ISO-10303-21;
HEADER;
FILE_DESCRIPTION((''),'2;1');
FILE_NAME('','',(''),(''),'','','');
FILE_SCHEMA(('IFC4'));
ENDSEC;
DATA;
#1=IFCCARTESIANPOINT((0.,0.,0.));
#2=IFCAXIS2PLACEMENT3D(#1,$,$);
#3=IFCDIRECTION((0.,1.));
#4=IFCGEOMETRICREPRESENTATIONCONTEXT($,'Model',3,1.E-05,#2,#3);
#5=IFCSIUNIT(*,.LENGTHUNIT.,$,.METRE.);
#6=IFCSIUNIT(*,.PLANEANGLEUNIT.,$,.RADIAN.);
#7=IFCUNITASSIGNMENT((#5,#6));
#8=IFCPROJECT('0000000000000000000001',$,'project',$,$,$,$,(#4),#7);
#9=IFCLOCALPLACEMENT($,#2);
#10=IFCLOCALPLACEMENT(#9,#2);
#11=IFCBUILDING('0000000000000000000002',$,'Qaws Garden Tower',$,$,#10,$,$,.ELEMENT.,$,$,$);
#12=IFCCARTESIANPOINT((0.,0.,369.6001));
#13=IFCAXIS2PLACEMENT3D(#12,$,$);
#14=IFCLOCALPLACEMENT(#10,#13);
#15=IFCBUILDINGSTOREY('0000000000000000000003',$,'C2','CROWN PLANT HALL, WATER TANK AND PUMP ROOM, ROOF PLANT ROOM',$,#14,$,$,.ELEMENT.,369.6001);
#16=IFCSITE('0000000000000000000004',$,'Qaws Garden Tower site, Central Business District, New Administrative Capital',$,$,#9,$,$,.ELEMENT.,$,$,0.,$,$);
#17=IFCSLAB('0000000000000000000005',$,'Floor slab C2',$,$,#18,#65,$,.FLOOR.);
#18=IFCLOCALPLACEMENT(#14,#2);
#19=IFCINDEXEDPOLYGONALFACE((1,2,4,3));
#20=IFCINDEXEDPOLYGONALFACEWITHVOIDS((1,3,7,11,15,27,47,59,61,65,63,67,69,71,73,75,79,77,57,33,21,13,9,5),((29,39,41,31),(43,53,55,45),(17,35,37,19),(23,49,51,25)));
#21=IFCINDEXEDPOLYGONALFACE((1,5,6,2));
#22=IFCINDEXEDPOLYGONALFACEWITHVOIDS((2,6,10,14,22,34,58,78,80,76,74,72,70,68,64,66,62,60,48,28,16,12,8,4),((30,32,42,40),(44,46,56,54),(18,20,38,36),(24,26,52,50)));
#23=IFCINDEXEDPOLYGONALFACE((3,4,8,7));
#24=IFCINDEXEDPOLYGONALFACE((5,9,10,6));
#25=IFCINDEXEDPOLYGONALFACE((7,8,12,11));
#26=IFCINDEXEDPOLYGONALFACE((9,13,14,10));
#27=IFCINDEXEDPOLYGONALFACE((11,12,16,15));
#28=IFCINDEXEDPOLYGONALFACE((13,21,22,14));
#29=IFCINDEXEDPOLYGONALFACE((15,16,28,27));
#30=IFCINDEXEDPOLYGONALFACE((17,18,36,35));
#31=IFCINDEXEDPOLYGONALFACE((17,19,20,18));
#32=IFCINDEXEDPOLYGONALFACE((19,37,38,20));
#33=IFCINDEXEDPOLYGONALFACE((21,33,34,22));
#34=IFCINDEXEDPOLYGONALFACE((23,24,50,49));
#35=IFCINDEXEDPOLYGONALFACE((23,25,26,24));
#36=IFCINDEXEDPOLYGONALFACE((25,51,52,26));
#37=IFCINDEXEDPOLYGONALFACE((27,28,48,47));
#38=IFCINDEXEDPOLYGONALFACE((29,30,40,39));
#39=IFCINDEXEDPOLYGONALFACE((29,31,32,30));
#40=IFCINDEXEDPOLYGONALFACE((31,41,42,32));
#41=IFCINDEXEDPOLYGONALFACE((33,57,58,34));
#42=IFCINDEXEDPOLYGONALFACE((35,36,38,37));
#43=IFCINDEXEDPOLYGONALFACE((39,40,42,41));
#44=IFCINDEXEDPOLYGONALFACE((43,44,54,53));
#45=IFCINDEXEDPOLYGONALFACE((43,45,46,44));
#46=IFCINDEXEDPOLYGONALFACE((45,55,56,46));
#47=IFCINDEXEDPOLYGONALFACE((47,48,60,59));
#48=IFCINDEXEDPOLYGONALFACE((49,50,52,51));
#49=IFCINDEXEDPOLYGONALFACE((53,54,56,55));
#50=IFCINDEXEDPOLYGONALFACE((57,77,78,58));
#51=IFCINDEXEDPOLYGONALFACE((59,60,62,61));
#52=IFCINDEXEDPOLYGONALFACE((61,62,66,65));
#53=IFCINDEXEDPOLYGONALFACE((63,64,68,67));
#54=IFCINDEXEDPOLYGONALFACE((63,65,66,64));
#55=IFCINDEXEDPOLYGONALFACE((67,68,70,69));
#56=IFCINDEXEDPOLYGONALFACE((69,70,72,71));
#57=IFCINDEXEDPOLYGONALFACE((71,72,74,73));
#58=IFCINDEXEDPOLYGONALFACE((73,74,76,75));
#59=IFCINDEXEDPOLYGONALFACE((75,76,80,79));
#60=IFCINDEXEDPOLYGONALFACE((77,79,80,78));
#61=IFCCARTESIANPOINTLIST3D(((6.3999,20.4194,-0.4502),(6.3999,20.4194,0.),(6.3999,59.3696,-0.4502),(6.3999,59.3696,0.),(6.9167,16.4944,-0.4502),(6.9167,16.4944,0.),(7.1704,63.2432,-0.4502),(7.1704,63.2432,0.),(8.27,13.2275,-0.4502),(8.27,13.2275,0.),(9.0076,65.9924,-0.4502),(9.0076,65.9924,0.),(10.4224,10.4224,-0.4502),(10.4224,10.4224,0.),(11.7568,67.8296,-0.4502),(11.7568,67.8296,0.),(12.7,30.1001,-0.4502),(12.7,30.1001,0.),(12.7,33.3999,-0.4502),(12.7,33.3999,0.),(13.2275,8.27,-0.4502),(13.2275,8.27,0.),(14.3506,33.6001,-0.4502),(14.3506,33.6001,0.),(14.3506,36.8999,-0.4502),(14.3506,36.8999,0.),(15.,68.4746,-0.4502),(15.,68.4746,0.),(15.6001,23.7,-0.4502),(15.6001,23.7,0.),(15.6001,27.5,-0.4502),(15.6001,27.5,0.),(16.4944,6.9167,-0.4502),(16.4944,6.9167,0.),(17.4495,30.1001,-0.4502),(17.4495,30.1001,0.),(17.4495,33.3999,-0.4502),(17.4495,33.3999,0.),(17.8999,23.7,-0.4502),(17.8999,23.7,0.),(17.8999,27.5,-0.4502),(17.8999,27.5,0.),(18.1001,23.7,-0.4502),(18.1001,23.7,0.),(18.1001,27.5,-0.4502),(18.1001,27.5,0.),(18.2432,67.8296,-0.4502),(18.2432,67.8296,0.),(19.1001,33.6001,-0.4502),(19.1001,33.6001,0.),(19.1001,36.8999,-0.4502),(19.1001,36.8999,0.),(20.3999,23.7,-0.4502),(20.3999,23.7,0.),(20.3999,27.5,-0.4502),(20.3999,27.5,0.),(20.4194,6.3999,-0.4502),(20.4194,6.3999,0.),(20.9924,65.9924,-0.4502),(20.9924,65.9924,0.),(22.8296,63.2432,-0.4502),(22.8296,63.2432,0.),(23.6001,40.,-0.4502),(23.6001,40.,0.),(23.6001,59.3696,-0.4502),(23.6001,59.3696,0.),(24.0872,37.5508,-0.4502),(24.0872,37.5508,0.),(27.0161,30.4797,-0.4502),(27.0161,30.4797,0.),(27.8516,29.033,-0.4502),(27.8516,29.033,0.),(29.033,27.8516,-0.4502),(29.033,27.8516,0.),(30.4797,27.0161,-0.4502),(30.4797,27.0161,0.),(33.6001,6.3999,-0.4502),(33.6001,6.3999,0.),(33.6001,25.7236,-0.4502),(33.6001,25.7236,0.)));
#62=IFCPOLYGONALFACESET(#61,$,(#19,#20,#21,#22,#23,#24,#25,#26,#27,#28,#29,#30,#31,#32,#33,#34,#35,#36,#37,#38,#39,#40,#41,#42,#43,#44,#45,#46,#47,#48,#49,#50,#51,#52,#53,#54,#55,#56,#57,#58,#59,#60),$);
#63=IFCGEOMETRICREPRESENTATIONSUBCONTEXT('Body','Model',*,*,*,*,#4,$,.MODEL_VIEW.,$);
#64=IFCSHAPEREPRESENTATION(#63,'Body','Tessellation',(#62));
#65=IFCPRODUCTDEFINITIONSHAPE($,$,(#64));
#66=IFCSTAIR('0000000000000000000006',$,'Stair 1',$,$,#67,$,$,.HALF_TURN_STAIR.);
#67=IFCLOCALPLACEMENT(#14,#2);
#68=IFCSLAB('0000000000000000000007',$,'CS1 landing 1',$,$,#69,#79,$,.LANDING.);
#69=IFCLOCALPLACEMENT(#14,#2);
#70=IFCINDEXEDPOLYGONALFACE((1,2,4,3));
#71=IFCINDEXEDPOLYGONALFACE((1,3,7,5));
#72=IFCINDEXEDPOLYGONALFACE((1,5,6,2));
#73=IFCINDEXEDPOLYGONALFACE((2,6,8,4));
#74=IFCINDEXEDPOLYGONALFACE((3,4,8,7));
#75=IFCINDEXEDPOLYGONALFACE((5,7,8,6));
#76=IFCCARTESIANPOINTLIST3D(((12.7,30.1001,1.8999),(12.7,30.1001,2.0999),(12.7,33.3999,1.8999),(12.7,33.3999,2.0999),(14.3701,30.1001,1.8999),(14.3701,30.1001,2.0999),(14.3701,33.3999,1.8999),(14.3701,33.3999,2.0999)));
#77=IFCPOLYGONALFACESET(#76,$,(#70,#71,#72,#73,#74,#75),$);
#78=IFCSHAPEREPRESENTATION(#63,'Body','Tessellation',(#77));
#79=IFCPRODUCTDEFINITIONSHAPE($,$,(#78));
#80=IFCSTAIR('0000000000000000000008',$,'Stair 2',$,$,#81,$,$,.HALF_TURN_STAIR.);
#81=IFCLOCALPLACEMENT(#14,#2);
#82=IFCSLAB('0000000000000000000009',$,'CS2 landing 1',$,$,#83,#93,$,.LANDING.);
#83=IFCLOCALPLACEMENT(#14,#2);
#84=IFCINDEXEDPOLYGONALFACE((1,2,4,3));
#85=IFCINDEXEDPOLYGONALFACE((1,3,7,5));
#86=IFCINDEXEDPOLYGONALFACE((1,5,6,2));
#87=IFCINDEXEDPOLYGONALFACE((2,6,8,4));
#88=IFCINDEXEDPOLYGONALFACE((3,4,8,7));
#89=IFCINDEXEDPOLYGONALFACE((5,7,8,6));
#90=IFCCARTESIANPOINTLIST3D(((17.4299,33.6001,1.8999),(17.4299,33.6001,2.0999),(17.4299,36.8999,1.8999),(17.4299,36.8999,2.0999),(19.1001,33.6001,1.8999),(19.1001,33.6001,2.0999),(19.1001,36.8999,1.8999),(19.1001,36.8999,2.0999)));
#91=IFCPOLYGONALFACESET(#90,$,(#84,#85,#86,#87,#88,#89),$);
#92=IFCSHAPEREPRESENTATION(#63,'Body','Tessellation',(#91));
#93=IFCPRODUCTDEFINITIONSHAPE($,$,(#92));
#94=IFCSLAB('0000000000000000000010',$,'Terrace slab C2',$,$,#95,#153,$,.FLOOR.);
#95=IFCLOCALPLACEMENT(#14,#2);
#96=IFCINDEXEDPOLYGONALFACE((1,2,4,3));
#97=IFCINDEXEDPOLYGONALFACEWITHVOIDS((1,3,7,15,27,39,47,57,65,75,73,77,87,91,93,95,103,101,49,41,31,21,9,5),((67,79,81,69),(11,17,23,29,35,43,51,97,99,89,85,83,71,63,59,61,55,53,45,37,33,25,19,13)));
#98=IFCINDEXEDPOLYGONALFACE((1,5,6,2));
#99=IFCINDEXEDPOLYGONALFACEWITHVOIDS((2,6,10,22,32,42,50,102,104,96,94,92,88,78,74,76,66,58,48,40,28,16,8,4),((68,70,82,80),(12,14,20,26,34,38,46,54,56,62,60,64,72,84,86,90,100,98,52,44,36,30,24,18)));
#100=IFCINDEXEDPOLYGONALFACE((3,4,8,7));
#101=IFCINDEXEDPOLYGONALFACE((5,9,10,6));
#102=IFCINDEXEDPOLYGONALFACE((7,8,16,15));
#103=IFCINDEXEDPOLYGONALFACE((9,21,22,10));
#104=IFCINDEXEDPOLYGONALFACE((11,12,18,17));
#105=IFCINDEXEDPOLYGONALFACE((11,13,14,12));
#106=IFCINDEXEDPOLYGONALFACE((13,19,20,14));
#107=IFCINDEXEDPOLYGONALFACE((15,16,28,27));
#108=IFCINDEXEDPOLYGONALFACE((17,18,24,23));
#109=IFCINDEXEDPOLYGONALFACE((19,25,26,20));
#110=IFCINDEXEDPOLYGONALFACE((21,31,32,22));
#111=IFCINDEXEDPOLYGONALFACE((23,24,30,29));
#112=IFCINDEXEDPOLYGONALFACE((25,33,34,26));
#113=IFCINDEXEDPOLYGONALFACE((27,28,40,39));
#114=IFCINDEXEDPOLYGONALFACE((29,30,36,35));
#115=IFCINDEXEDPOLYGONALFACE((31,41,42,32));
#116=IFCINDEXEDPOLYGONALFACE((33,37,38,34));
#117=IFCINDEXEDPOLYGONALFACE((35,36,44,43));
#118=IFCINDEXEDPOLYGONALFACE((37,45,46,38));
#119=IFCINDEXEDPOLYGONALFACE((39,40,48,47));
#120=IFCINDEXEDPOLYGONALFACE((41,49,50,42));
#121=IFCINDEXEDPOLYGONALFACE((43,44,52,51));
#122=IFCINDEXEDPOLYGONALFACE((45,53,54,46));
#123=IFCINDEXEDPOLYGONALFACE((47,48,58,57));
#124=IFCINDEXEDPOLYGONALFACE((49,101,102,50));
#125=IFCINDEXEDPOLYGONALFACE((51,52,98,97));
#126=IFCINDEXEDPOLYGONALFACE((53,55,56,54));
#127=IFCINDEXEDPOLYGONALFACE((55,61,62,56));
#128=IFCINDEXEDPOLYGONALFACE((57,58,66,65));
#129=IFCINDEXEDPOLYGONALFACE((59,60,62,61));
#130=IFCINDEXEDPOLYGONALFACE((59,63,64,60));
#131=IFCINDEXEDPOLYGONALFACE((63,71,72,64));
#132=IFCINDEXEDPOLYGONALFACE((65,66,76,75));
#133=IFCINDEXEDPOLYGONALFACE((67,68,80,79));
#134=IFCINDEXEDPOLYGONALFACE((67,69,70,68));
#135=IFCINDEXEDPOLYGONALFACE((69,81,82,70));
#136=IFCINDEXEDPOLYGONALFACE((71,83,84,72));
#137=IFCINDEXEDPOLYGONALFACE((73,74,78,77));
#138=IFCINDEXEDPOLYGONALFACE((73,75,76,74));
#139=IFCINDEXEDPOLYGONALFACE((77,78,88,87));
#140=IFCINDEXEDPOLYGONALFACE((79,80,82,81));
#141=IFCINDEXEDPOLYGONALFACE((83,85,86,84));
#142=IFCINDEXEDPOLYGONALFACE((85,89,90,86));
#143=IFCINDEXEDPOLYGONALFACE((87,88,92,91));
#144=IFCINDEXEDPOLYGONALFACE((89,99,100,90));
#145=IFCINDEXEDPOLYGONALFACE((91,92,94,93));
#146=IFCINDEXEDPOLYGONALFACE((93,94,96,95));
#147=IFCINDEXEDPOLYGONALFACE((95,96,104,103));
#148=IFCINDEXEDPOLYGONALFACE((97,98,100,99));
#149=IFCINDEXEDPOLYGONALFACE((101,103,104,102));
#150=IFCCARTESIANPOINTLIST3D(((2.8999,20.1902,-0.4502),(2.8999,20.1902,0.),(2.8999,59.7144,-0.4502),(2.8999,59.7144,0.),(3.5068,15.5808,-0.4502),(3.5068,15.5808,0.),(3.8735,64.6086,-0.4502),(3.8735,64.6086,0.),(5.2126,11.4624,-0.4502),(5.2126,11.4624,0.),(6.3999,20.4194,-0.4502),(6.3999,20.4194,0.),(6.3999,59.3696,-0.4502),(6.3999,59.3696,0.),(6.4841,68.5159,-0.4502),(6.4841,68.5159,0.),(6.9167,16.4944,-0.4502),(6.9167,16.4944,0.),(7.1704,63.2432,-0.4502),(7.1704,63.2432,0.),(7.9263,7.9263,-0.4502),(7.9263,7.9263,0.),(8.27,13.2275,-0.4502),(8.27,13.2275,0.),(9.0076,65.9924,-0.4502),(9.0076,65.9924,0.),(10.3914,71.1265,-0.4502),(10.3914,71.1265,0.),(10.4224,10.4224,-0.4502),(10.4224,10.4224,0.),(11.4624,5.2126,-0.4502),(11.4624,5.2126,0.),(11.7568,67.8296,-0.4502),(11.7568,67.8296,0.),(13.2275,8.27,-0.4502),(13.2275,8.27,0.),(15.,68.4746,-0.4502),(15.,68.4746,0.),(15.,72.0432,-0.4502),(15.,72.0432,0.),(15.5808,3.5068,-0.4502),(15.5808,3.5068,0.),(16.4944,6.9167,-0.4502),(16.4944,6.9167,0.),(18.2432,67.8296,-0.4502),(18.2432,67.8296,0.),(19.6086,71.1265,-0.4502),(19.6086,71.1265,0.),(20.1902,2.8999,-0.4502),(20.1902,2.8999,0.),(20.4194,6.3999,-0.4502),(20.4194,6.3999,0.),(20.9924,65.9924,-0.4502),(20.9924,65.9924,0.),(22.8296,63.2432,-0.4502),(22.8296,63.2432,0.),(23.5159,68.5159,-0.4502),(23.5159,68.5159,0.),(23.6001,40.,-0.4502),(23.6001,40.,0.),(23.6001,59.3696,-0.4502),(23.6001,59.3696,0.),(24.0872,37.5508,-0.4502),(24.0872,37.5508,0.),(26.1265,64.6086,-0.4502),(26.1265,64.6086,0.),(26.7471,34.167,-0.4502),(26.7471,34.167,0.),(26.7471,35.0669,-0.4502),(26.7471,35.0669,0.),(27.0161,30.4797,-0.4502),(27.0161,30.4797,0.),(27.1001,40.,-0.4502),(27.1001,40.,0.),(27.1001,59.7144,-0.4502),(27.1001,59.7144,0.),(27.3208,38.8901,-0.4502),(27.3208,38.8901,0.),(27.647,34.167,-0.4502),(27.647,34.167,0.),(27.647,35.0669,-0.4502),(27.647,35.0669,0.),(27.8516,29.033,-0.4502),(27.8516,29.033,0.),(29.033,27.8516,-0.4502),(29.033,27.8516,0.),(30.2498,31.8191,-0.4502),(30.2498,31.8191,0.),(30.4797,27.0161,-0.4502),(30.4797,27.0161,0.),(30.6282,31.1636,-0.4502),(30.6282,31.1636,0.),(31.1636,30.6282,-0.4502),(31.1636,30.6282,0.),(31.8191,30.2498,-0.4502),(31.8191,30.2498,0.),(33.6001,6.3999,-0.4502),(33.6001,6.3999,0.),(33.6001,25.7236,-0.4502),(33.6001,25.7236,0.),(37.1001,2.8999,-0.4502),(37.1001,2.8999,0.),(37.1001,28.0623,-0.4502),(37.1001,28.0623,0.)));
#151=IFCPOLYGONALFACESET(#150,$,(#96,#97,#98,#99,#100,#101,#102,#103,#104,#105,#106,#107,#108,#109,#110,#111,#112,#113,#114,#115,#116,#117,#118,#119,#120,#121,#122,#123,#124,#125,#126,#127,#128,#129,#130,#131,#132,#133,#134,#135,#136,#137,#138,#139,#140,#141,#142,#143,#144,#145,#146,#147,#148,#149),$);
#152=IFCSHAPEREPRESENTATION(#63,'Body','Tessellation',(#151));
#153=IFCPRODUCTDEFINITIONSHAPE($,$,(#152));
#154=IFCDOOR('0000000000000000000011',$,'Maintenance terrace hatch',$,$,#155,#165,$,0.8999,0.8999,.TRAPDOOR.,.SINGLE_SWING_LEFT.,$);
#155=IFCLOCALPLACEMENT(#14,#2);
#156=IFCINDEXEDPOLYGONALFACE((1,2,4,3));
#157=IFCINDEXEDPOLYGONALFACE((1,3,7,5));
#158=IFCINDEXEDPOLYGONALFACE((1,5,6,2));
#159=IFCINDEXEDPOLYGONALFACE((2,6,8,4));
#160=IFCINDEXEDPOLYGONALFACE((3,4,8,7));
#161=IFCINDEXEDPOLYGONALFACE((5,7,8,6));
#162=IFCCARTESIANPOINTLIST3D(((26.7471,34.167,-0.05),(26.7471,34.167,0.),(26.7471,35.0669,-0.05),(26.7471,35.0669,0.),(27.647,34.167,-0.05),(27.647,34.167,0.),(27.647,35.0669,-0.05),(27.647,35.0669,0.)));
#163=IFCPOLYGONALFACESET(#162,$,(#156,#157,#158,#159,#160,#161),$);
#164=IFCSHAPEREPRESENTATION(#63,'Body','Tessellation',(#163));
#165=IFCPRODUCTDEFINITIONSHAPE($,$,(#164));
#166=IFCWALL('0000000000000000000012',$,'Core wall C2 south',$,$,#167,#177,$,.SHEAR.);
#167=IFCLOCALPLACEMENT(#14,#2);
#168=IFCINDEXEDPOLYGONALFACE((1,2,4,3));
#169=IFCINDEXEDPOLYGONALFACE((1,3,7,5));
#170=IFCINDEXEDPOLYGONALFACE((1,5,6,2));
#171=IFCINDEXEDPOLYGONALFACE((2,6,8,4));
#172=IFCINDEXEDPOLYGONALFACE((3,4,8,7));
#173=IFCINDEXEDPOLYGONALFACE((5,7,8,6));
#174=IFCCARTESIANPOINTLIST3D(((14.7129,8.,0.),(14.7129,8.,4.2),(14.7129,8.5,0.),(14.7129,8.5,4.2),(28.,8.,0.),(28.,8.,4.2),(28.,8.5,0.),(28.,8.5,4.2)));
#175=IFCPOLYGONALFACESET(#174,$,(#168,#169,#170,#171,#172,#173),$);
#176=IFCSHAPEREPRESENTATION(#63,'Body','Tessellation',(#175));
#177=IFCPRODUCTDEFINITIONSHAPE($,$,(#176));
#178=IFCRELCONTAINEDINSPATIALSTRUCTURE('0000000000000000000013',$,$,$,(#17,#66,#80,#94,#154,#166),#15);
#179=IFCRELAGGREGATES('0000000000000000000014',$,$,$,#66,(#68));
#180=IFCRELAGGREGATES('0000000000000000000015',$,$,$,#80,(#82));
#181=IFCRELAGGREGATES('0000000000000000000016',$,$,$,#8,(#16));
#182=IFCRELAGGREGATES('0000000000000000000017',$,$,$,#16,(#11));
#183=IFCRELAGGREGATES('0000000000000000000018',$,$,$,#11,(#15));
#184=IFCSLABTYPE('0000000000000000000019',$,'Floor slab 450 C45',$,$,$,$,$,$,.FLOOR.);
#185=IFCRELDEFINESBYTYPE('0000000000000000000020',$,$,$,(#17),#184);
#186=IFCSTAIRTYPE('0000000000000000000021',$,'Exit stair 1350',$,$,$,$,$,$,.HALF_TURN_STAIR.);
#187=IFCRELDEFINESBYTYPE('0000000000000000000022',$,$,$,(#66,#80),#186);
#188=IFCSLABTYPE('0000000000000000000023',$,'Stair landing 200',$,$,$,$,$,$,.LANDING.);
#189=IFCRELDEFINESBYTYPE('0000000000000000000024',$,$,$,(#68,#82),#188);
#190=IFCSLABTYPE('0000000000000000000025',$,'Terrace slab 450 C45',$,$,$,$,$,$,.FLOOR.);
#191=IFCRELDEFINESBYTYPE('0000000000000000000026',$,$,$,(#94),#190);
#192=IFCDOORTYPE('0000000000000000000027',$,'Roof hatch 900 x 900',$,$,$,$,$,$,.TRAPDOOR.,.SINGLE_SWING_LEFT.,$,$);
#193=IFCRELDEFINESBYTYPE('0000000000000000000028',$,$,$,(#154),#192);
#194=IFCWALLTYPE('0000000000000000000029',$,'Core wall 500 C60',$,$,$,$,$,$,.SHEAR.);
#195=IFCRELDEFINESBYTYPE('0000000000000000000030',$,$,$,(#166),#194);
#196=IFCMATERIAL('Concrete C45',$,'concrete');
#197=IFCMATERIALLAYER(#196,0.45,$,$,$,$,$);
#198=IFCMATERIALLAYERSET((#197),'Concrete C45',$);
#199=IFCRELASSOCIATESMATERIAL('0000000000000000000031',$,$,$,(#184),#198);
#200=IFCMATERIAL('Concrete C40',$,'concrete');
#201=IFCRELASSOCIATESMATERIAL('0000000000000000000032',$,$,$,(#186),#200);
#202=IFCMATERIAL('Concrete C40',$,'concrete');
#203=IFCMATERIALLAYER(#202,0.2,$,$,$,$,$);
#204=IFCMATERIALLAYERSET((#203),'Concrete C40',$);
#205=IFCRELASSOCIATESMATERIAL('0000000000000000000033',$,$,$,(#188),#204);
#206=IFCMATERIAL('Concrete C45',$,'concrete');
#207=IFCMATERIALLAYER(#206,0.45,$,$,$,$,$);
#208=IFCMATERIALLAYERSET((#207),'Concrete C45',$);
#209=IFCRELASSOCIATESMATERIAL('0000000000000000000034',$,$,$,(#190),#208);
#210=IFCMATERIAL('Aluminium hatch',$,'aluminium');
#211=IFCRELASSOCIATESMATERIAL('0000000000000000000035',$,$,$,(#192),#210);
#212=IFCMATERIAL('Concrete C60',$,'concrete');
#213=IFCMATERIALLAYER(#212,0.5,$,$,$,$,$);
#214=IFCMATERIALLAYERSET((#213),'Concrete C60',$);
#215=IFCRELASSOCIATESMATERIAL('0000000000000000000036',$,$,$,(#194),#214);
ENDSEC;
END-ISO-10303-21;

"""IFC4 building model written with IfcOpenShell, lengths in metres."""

from ifc_helpers import new_model, si_unit, direction, frame, frame_2d, origin, origin_2d, place, context, subcontext, project, spatial, polyline, rectangle, outline, extrude, material, layer, layer_set, type_object, element, fill, aggregate, save


model = new_model("IFC4")

# Units and contexts
model_context = context("Model", 3, precision=1e-05, world=origin(), true_north=direction((0.0, 1.0)))
body_context = subcontext(model_context, "Body", "Model", "MODEL_VIEW")
ifc_project = project(units=[si_unit("LENGTHUNIT", "METRE"), si_unit("PLANEANGLEUNIT", "RADIAN")], contexts=[model_context])

# Site, building, storey
site_placement = place(None, origin())
site = spatial("IfcSite", under=ifc_project, at=site_placement, Name="Qaws Garden Tower site, Central Business District, New Administrative Capital", CompositionType="ELEMENT", RefElevation=0.0)
building_placement = place(site_placement, origin())
building = spatial("IfcBuilding", under=site, at=building_placement, Name="Qaws Garden Tower", CompositionType="ELEMENT")
storey_placement = place(building_placement, frame((0.0, 0.0, 369.6001)))
storey = spatial("IfcBuildingStorey", under=building, at=storey_placement, Name="C2", Description="CROWN PLANT HALL, WATER TANK AND PUMP ROOM, ROOF PLANT ROOM", CompositionType="ELEMENT", Elevation=369.6001)

# Slab
ifc_material_1 = material(Name="Concrete C45", Category="concrete")
ifc_layer_1 = layer(ifc_material_1, 0.45)
ifc_layer_set_1 = layer_set([ifc_layer_1], Name="Concrete C45")
slab_type_1 = type_object("IfcSlabType", Name="Floor slab 450 C45", PredefinedType="FLOOR", material=ifc_layer_set_1)
placement_1 = place(storey_placement, frame((0.0, 0.0, -0.4502)))
element("IfcSlab", 1, at=placement_1, inside=storey, type_object=slab_type_1, Name="Floor slab C2", PredefinedType="FLOOR", context=body_context, shape_type="SweptSolid", body=[
    extrude(outline(polyline([(16.4944, 6.9167), (13.2275, 8.27), (10.4224, 10.4224), (8.27, 13.2275), (6.9167, 16.4944), (6.3999, 20.4194), (6.3999, 59.3696), (7.1704, 63.2432), (9.0076, 65.9924), (11.7568, 67.8296), (15.0, 68.4746), (18.2432, 67.8296), (20.9924, 65.9924), (22.8296, 63.2432), (23.6001, 59.3696), (23.6001, 40.0), (24.0872, 37.5508), (27.0161, 30.4797), (27.8516, 29.033), (29.033, 27.8516), (30.4797, 27.0161), (33.6001, 25.7236), (33.6001, 6.3999), (20.4194, 6.3999), (16.4944, 6.9167)]), holes=[polyline([(15.6001, 23.7), (17.8999, 23.7), (17.8999, 27.5), (15.6001, 27.5), (15.6001, 23.7)]), polyline([(18.1001, 23.7), (20.3999, 23.7), (20.3999, 27.5), (18.1001, 27.5), (18.1001, 23.7)]), polyline([(12.7, 30.1001), (17.4495, 30.1001), (17.4495, 33.3999), (12.7, 33.3999), (12.7, 30.1001)]), polyline([(14.3506, 33.6001), (19.1001, 33.6001), (19.1001, 36.8999), (14.3506, 36.8999), (14.3506, 33.6001)])]), origin(), (0.0, 0.0, 1.0), 0.4502),
])

# Stairs, slabs
ifc_material_2 = material(Name="Concrete C40", Category="concrete")
stair_type = type_object("IfcStairType", Name="Exit stair 1350", PredefinedType="HALF_TURN_STAIR", material=ifc_material_2)
placement_2 = place(storey_placement, origin())
stair_1 = element("IfcStair", 2, at=placement_2, inside=storey, type_object=stair_type, Name="Stair 1", PredefinedType="HALF_TURN_STAIR")
ifc_material_3 = material(Name="Concrete C40", Category="concrete")
ifc_layer_2 = layer(ifc_material_3, 0.2)
ifc_layer_set_2 = layer_set([ifc_layer_2], Name="Concrete C40")
slab_type_2 = type_object("IfcSlabType", Name="Stair landing 200", PredefinedType="LANDING", material=ifc_layer_set_2)
placement_3 = place(storey_placement, frame((0.0, 0.0, 1.8999)))
slab_1 = element("IfcSlab", 3, at=placement_3, type_object=slab_type_2, Name="CS1 landing 1", PredefinedType="LANDING", context=body_context, shape_type="SweptSolid", body=[
    extrude(outline(polyline([(12.7, 30.1001), (14.3701, 30.1001), (14.3701, 33.3999), (12.7, 33.3999), (12.7, 30.1001)])), origin(), (0.0, 0.0, 1.0), 0.2),
])
aggregate(stair_1, [slab_1])
stair_2 = element("IfcStair", 4, at=placement_2, inside=storey, type_object=stair_type, Name="Stair 2", PredefinedType="HALF_TURN_STAIR")
slab_2 = element("IfcSlab", 5, at=placement_3, type_object=slab_type_2, Name="CS2 landing 1", PredefinedType="LANDING", context=body_context, shape_type="SweptSolid", body=[
    extrude(outline(polyline([(17.4299, 33.6001), (19.1001, 33.6001), (19.1001, 36.8999), (17.4299, 36.8999), (17.4299, 33.6001)])), origin(), (0.0, 0.0, 1.0), 0.2),
])
aggregate(stair_2, [slab_2])

# Slab, opening, door
ifc_material_4 = material(Name="Concrete C45", Category="concrete")
ifc_layer_3 = layer(ifc_material_4, 0.45)
ifc_layer_set_3 = layer_set([ifc_layer_3], Name="Concrete C45")
slab_type_3 = type_object("IfcSlabType", Name="Terrace slab 450 C45", PredefinedType="FLOOR", material=ifc_layer_set_3)
slab_3 = element("IfcSlab", 6, at=placement_1, inside=storey, type_object=slab_type_3, Name="Terrace slab C2", PredefinedType="FLOOR", context=body_context, shape_type="SweptSolid", body=[
    extrude(outline(polyline([(15.5808, 3.5068), (11.4624, 5.2126), (7.9263, 7.9263), (5.2126, 11.4624), (3.5068, 15.5808), (2.8999, 20.1902), (2.8999, 59.7144), (3.8735, 64.6086), (6.4841, 68.5159), (10.3914, 71.1265), (15.0, 72.0432), (19.6086, 71.1265), (23.5159, 68.5159), (26.1265, 64.6086), (27.1001, 59.7144), (27.1001, 40.0), (27.3208, 38.8901), (30.2498, 31.8191), (30.6282, 31.1636), (31.1636, 30.6282), (31.8191, 30.2498), (37.1001, 28.0623), (37.1001, 2.8999), (20.1902, 2.8999), (15.5808, 3.5068)]), holes=[polyline([(33.6001, 6.3999), (33.6001, 25.7236), (30.4797, 27.0161), (29.033, 27.8516), (27.8516, 29.033), (27.0161, 30.4797), (24.0872, 37.5508), (23.6001, 40.0), (23.6001, 59.3696), (22.8296, 63.2432), (20.9924, 65.9924), (18.2432, 67.8296), (15.0, 68.4746), (11.7568, 67.8296), (9.0076, 65.9924), (7.1704, 63.2432), (6.3999, 59.3696), (6.3999, 20.4194), (6.9167, 16.4944), (8.27, 13.2275), (10.4224, 10.4224), (13.2275, 8.27), (16.4944, 6.9167), (20.4194, 6.3999), (33.6001, 6.3999)])]), origin(), (0.0, 0.0, 1.0), 0.4502),
])
opening_1_placement = place(placement_1, frame((27.197, 34.6169, 0.0)))
opening_1 = element("IfcOpeningElement", 7, at=opening_1_placement, cuts=slab_3, PredefinedType="OPENING", context=body_context, shape_type="SweptSolid", body=[
    extrude(rectangle(XDim=0.8999, YDim=0.8999, at=origin_2d()), origin(), (0.0, 0.0, 1.0), 0.4502),
])
ifc_material_5 = material(Name="Aluminium hatch", Category="aluminium")
door_type = type_object("IfcDoorType", Name="Roof hatch 900 x 900", OperationType="SINGLE_SWING_LEFT", PredefinedType="TRAPDOOR", material=ifc_material_5)
door_placement = place(opening_1_placement, frame((0.0, 0.0, 0.4001)))
door = element("IfcDoor", 8, at=door_placement, inside=storey, type_object=door_type, Name="Maintenance terrace hatch", OperationType="SINGLE_SWING_LEFT", OverallHeight=0.8999, OverallWidth=0.8999, PredefinedType="TRAPDOOR", context=body_context, shape_type="SweptSolid", body=[
    extrude(rectangle(XDim=0.8999, YDim=0.8999, at=origin_2d()), origin(), (0.0, 0.0, 1.0), 0.05),
])
fill(opening_1, door)

# Wall
ifc_material_6 = material(Name="Concrete C60", Category="concrete")
ifc_layer_4 = layer(ifc_material_6, 0.5)
ifc_layer_set_4 = layer_set([ifc_layer_4], Name="Concrete C60")
wall_type_1 = type_object("IfcWallType", Name="Core wall 500 C60", PredefinedType="SHEAR", material=ifc_layer_set_4)
wall_1_placement = place(storey_placement, frame((14.7129, 8.25, 0.0), z_axis=(0.0, 0.0, 1.0), x_axis=(1.0, 0.0, 0.0)))
element("IfcWall", 9, at=wall_1_placement, inside=storey, type_object=wall_type_1, Name="Core wall C2 south", PredefinedType="SHEAR", context=body_context, shape_type="SweptSolid", body=[
    extrude(rectangle(XDim=13.2871, YDim=0.5, at=frame_2d((6.6436, 0.0))), origin(), (0.0, 0.0, 1.0), 4.2),
])

save(model, "model.ifc")
